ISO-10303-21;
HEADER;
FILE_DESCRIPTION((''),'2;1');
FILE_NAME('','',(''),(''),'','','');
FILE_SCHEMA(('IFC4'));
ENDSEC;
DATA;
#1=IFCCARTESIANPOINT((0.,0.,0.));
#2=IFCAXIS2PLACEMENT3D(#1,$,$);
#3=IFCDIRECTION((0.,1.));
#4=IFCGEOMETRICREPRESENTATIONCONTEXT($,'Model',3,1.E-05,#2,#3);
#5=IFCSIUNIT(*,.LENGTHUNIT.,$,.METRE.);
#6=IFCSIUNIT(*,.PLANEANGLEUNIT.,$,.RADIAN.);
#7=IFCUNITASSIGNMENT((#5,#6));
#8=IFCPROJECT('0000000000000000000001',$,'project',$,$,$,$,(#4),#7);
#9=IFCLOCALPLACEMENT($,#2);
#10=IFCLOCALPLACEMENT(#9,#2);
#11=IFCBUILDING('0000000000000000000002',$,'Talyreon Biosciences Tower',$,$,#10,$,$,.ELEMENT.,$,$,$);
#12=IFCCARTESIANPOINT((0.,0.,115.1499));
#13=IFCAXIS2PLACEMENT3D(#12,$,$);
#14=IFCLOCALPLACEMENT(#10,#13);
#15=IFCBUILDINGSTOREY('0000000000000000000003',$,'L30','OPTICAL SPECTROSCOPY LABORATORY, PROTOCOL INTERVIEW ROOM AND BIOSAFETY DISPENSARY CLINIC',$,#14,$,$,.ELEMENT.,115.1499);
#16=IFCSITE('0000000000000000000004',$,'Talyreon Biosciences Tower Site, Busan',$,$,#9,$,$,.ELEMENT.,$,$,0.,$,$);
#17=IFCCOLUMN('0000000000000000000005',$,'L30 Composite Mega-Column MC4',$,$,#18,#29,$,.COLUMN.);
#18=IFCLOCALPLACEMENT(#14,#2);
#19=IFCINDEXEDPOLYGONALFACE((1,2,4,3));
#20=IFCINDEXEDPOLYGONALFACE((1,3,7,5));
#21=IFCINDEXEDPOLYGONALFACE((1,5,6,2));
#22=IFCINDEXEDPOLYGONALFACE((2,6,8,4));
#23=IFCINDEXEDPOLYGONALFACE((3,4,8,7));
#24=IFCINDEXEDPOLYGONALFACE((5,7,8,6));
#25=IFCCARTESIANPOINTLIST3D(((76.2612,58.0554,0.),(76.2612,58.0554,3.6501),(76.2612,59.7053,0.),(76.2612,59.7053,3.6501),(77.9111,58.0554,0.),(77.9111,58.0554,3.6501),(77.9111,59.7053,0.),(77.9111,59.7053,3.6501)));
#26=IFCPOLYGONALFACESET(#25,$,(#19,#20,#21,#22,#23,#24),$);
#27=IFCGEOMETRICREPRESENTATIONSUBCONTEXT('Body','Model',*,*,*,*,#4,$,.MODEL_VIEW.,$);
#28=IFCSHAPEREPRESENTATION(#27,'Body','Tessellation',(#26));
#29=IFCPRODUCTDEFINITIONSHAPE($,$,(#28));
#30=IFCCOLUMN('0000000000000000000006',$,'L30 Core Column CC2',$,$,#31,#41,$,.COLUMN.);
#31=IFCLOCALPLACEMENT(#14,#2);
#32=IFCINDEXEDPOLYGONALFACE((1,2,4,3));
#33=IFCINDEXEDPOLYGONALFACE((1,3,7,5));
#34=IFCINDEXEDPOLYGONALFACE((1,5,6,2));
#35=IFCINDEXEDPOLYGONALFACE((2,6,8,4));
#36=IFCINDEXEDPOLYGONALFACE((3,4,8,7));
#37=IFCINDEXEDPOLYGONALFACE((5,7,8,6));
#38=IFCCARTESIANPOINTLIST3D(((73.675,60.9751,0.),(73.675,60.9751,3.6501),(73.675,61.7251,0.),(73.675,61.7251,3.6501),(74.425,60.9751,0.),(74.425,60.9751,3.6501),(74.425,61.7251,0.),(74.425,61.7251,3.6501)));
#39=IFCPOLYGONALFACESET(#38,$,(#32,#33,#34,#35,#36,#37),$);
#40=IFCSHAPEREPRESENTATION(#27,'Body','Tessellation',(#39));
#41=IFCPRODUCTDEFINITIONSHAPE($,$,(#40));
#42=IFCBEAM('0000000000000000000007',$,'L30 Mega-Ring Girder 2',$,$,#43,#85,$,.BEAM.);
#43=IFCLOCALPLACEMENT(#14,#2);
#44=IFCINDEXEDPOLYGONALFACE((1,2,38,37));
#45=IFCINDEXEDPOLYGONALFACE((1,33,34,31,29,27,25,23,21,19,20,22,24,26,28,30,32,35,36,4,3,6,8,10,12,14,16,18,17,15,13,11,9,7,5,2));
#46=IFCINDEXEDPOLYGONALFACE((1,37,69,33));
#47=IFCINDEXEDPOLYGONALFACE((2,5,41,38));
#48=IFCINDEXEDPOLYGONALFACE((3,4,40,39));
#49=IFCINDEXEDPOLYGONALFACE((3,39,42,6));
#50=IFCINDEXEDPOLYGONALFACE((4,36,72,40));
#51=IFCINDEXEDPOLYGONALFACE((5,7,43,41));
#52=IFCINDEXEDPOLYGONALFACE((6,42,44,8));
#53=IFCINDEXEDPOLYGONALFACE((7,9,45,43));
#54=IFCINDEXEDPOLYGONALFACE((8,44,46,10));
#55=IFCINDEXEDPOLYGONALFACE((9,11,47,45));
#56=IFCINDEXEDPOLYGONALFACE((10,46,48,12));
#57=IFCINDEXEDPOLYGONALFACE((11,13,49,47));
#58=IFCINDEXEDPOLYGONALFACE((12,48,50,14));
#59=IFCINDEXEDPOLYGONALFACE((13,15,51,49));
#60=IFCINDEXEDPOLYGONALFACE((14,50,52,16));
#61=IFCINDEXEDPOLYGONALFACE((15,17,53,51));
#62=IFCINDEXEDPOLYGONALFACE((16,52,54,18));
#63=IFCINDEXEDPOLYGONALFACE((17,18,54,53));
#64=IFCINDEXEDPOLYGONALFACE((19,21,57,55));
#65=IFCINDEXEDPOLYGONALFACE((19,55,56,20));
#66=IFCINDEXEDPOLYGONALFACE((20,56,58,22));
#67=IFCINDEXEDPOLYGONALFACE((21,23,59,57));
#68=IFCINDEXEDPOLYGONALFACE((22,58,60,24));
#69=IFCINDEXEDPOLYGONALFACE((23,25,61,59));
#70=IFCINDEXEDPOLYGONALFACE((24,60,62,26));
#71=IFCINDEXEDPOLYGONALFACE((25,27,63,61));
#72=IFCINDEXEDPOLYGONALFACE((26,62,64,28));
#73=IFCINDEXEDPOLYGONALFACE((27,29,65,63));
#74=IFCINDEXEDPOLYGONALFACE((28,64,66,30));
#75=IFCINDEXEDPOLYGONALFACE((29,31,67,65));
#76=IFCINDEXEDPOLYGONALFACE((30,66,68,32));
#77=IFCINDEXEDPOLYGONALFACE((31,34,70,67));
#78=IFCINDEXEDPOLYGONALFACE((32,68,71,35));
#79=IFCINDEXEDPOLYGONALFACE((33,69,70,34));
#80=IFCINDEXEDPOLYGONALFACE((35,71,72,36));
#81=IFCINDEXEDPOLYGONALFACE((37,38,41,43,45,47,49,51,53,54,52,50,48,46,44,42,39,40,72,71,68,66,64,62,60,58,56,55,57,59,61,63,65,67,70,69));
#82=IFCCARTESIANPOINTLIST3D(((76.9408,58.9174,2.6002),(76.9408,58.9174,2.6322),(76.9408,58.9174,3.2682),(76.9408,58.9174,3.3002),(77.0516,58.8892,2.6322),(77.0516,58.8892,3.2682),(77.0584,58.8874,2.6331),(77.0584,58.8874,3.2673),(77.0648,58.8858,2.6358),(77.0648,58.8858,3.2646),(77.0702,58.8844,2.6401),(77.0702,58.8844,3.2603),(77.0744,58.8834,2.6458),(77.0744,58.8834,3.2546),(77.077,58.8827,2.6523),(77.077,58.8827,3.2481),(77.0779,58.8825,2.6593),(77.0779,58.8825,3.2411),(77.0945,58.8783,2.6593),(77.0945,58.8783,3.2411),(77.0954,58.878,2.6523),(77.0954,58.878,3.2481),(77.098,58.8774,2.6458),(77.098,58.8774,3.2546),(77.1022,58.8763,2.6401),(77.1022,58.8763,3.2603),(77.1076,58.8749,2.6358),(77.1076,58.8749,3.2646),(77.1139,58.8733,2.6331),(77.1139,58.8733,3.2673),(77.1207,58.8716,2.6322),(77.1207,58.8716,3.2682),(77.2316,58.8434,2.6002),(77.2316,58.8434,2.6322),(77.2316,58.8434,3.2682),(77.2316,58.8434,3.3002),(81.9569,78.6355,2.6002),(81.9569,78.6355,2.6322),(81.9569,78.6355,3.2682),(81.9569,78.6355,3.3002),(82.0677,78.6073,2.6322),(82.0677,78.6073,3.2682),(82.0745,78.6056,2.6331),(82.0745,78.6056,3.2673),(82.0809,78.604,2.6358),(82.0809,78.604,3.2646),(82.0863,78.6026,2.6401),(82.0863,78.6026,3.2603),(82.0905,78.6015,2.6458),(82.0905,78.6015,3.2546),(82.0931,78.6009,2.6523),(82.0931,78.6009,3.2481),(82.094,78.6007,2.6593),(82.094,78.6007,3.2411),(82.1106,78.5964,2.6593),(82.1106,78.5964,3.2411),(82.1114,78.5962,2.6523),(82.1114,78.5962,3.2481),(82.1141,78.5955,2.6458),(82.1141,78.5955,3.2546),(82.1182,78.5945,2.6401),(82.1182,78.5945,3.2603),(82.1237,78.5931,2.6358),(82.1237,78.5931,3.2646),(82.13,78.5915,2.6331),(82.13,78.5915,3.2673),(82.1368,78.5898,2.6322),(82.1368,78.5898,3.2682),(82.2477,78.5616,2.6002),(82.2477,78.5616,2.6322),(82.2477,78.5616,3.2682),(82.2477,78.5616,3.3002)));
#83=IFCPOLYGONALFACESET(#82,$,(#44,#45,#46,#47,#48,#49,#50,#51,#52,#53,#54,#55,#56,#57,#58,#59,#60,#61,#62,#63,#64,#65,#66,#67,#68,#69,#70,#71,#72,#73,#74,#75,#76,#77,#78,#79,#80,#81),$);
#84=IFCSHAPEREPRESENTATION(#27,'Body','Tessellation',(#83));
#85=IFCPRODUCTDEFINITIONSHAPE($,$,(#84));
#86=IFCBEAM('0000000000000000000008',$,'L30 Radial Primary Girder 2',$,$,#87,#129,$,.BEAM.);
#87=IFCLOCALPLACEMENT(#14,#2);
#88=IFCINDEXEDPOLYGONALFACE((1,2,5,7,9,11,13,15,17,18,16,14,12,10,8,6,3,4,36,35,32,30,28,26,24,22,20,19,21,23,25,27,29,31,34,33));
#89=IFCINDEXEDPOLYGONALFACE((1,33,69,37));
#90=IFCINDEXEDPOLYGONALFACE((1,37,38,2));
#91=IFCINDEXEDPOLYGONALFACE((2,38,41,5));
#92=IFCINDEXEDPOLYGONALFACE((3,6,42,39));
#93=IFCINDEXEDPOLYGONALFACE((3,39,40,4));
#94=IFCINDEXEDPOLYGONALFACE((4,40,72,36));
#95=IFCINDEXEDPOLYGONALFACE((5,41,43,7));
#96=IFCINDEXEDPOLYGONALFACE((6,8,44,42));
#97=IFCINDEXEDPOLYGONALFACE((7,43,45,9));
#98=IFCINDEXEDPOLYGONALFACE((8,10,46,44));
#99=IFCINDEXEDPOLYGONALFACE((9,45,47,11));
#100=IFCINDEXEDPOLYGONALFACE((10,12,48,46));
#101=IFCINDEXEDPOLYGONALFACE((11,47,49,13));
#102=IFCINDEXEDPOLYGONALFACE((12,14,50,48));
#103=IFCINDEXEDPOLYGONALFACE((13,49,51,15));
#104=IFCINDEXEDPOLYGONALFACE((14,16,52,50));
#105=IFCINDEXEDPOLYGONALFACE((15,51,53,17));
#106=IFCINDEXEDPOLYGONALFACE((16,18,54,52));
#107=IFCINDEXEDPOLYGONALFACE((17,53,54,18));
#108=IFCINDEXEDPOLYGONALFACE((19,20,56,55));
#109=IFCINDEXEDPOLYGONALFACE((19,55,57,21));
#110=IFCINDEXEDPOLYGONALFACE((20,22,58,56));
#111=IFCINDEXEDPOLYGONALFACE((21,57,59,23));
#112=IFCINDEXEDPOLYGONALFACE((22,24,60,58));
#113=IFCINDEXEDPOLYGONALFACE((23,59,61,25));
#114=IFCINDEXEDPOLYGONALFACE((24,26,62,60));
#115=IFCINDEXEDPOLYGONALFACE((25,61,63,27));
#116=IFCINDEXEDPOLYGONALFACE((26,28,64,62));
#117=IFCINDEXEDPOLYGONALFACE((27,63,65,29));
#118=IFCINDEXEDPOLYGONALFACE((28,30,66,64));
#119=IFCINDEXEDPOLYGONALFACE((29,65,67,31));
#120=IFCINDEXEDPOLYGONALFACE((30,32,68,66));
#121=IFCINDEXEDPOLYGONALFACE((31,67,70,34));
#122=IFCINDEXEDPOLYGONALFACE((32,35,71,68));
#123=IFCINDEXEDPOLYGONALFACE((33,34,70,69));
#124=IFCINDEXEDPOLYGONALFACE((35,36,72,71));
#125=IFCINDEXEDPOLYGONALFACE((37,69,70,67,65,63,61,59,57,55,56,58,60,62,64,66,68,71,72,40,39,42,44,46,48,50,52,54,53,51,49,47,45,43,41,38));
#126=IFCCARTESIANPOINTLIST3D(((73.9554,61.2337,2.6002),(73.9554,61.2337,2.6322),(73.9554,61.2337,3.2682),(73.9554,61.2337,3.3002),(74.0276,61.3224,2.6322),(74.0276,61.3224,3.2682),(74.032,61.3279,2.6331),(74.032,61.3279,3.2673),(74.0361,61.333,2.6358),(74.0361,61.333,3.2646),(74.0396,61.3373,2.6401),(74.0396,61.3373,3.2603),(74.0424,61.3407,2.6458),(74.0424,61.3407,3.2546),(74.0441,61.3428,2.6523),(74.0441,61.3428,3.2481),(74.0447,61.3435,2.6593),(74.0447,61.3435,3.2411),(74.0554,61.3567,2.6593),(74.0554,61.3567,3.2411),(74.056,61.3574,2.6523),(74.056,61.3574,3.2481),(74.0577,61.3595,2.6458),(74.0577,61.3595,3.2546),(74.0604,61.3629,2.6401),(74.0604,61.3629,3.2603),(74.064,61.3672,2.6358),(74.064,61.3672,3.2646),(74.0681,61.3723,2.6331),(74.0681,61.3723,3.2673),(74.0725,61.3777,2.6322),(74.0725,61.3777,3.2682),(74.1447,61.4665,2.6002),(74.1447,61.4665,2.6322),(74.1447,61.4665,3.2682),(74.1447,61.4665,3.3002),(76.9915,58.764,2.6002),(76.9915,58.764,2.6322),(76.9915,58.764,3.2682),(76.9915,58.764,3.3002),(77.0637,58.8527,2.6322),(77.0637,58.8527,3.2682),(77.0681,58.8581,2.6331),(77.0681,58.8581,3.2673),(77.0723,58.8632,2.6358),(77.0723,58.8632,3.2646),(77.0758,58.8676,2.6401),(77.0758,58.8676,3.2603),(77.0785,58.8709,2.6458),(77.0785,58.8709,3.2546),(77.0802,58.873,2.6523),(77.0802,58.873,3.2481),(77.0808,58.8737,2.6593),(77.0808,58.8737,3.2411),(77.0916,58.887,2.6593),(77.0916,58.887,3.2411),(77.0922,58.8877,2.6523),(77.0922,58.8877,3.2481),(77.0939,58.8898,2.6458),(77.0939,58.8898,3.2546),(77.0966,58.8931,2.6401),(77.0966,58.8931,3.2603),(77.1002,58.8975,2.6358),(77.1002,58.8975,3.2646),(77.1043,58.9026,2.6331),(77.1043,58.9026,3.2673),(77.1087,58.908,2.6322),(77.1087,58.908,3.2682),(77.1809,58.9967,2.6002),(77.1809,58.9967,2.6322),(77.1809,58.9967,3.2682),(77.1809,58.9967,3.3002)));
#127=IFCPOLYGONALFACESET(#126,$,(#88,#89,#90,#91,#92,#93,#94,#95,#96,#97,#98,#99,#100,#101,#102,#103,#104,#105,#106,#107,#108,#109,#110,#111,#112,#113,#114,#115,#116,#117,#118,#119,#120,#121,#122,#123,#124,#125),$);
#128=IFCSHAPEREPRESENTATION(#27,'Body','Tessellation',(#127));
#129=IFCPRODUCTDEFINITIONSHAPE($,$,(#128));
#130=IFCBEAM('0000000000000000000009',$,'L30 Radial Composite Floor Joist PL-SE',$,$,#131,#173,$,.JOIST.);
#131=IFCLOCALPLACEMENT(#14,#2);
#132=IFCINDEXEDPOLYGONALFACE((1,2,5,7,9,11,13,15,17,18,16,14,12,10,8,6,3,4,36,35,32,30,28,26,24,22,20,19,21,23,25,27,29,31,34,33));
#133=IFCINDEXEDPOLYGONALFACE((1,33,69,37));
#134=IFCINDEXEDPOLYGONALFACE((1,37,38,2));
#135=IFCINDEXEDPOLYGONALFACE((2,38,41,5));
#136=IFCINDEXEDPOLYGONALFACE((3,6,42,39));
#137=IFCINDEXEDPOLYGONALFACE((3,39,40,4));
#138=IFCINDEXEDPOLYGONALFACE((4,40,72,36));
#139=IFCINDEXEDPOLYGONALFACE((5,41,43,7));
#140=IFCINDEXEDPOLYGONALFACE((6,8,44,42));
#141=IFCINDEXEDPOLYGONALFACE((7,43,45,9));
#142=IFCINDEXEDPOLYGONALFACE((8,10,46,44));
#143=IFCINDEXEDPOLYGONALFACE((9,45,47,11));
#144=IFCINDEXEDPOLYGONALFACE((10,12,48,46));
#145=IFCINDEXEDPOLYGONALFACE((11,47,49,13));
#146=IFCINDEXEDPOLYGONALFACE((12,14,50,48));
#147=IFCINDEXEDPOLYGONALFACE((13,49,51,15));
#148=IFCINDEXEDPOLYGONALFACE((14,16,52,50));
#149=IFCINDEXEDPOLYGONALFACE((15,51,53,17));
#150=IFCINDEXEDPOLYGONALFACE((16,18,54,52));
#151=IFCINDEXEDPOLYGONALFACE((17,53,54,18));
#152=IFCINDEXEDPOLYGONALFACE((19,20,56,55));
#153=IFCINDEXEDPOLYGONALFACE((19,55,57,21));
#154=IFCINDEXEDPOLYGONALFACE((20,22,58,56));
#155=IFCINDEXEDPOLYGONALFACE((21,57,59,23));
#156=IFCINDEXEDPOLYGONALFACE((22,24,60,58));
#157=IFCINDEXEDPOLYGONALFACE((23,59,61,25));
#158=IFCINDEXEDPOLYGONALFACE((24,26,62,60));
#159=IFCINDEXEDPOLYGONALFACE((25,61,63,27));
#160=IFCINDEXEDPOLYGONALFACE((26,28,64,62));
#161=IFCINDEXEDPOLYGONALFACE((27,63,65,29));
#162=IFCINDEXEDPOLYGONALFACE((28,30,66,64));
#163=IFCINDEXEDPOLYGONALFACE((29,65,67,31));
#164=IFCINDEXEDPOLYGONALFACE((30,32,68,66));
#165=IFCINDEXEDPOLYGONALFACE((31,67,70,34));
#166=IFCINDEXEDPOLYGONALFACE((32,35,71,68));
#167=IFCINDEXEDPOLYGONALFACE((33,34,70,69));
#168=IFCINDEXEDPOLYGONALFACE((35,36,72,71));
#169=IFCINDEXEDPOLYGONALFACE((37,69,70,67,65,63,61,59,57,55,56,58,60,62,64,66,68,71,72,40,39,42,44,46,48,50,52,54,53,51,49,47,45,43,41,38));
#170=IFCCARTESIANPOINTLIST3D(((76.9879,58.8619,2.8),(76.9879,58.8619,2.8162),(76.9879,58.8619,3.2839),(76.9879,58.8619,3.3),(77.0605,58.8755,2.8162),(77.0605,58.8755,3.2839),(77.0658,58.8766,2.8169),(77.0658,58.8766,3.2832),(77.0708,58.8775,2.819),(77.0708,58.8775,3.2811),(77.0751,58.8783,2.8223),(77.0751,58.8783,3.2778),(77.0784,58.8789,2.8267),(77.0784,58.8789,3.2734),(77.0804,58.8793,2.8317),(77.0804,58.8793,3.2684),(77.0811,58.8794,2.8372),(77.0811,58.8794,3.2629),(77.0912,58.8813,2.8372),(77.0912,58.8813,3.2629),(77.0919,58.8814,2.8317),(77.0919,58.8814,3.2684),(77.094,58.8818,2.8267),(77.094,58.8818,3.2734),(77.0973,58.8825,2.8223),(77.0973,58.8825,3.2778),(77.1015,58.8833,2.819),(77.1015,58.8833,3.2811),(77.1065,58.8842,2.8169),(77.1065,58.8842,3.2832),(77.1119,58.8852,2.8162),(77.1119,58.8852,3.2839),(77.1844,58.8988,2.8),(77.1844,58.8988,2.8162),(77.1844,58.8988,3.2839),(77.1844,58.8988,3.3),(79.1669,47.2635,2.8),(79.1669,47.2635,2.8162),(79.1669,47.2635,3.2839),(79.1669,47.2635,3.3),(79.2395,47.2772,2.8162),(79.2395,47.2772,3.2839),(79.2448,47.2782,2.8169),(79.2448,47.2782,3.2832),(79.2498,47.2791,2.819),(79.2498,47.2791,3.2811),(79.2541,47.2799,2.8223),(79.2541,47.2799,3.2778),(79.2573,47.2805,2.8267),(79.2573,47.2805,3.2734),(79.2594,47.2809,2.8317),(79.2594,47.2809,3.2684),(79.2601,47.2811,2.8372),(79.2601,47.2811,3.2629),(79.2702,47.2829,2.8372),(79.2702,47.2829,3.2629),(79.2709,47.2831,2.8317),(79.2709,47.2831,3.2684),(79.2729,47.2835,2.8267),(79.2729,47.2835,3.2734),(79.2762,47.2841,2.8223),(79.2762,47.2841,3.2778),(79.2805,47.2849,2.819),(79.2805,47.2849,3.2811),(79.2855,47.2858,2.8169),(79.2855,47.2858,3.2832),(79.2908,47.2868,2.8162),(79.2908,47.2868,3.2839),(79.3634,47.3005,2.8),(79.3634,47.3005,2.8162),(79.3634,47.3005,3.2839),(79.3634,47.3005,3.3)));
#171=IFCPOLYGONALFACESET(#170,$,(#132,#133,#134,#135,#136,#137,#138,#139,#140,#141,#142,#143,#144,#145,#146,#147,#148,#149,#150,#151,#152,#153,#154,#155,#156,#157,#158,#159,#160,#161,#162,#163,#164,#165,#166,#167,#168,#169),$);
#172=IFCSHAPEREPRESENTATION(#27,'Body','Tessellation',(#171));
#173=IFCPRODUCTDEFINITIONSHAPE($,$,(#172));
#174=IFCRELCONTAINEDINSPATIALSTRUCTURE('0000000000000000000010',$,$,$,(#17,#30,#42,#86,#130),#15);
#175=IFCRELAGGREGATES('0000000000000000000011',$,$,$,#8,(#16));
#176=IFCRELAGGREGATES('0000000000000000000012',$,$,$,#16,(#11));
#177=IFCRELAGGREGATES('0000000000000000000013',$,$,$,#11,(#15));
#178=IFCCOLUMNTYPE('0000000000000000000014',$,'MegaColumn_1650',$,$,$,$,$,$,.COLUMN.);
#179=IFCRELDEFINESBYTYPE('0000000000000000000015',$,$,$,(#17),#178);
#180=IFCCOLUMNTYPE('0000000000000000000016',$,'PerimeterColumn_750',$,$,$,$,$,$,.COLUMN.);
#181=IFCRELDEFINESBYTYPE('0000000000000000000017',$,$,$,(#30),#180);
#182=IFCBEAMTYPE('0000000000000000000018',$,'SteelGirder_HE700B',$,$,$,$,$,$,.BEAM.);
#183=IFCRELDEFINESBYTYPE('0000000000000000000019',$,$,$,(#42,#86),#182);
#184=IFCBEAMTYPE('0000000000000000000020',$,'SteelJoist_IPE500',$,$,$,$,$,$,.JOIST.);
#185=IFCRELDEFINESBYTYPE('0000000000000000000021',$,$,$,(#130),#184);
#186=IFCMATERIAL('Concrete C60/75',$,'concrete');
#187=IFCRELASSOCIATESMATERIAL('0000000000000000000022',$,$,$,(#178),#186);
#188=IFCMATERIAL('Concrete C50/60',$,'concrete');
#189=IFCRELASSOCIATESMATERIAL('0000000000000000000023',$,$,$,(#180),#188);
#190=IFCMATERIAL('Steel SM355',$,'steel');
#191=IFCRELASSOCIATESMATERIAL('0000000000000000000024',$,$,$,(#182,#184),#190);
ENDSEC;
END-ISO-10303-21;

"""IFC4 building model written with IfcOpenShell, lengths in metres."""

from ifc_helpers import new_model, si_unit, direction, frame, origin, origin_2d, place, context, subcontext, project, spatial, rectangle, i_section, extrude, material, material_profile, profile_set, type_object, element, save


model = new_model("IFC4")

# Units and contexts
model_context = context("Model", 3, precision=1e-05, world=origin(), true_north=direction((0.0, 1.0)))
body_context = subcontext(model_context, "Body", "Model", "MODEL_VIEW")
ifc_project = project(units=[si_unit("LENGTHUNIT", "METRE"), si_unit("PLANEANGLEUNIT", "RADIAN")], contexts=[model_context])

# Site, building, storey
site_placement = place(None, origin())
site = spatial("IfcSite", under=ifc_project, at=site_placement, Name="Talyreon Biosciences Tower Site, Busan", CompositionType="ELEMENT", RefElevation=0.0)
building_placement = place(site_placement, origin())
building = spatial("IfcBuilding", under=site, at=building_placement, Name="Talyreon Biosciences Tower", CompositionType="ELEMENT")
storey_placement = place(building_placement, frame((0.0, 0.0, 115.1499)))
storey = spatial("IfcBuildingStorey", under=building, at=storey_placement, Name="L30", Description="OPTICAL SPECTROSCOPY LABORATORY, PROTOCOL INTERVIEW ROOM AND BIOSAFETY DISPENSARY CLINIC", CompositionType="ELEMENT", Elevation=115.1499)

# Columns
ifc_material_1 = material(Name="Concrete C60/75", Category="concrete")
ifc_material_profile_1 = material_profile(ifc_material_1, rectangle(XDim=1.6499, YDim=1.6499, at=origin_2d()), Name="RC 1650x1650")
ifc_profile_set_1 = profile_set([ifc_material_profile_1], Name="Concrete C60/75")
column_type_1 = type_object("IfcColumnType", Name="MegaColumn_1650", PredefinedType="COLUMN", material=ifc_profile_set_1)
column_1_placement = place(storey_placement, frame((77.0862, 58.8804, 0.0), z_axis=(0.0, 0.0, 1.0), x_axis=(1.0, 0.0, 0.0)))
element("IfcColumn", 1, at=column_1_placement, inside=storey, type_object=column_type_1, Name="L30 Composite Mega-Column MC4", PredefinedType="COLUMN", context=body_context, shape_type="SweptSolid", body=[
    extrude(rectangle(XDim=1.6499, YDim=1.6499, at=origin_2d()), origin(), (0.0, 0.0, 1.0), 3.6501),
])
ifc_material_2 = material(Name="Concrete C50/60", Category="concrete")
ifc_material_profile_2 = material_profile(ifc_material_2, rectangle(XDim=0.75, YDim=0.75, at=origin_2d()), Name="RC 750x750")
ifc_profile_set_2 = profile_set([ifc_material_profile_2], Name="Concrete C50/60")
column_type_2 = type_object("IfcColumnType", Name="PerimeterColumn_750", PredefinedType="COLUMN", material=ifc_profile_set_2)
column_2_placement = place(storey_placement, frame((74.05, 61.3501, 0.0), z_axis=(0.0, 0.0, 1.0), x_axis=(1.0, 0.0, 0.0)))
element("IfcColumn", 2, at=column_2_placement, inside=storey, type_object=column_type_2, Name="L30 Core Column CC2", PredefinedType="COLUMN", context=body_context, shape_type="SweptSolid", body=[
    extrude(rectangle(XDim=0.75, YDim=0.75, at=origin_2d()), origin(), (0.0, 0.0, 1.0), 3.6501),
])

# Beams
ifc_material_3 = material(Name="Steel SM355", Category="steel")
ifc_material_profile_3 = material_profile(ifc_material_3, i_section(OverallWidth=0.3, OverallDepth=0.7, WebThickness=0.0171, FlangeThickness=0.032, FilletRadius=0.0271, at=origin_2d()), Name="HE700B")
ifc_profile_set_3 = profile_set([ifc_material_profile_3], Name="Steel SM355")
beam_type_1 = type_object("IfcBeamType", Name="SteelGirder_HE700B", PredefinedType="BEAM", material=ifc_profile_set_3)
beam_1_placement = place(storey_placement, frame((77.0862, 58.8804, 2.9502), z_axis=(0.246537, 0.969133, 0.0), x_axis=(-0.969133, 0.246537, 0.0)))
element("IfcBeam", 3, at=beam_1_placement, inside=storey, type_object=beam_type_1, Name="L30 Mega-Ring Girder 2", PredefinedType="BEAM", context=body_context, shape_type="SweptSolid", body=[
    extrude(i_section(OverallWidth=0.3, OverallDepth=0.7, WebThickness=0.0171, FlangeThickness=0.032, FilletRadius=0.0271, at=origin_2d()), origin(), (0.0, 0.0, 1.0), 20.3462),
])
beam_2_placement = place(storey_placement, frame((74.05, 61.3501, 2.9502), z_axis=(0.775755, -0.631034, 0.0), x_axis=(0.631034, 0.775755, 0.0)))
element("IfcBeam", 4, at=beam_2_placement, inside=storey, type_object=beam_type_1, Name="L30 Radial Primary Girder 2", PredefinedType="BEAM", context=body_context, shape_type="SweptSolid", body=[
    extrude(i_section(OverallWidth=0.3, OverallDepth=0.7, WebThickness=0.0171, FlangeThickness=0.032, FilletRadius=0.0271, at=origin_2d()), origin(), (0.0, 0.0, 1.0), 3.9138),
])
ifc_material_profile_4 = material_profile(ifc_material_3, i_section(OverallWidth=0.2, OverallDepth=0.5, WebThickness=0.0103, FlangeThickness=0.0161, FilletRadius=0.021, at=origin_2d()), Name="IPE500")
ifc_profile_set_4 = profile_set([ifc_material_profile_4], Name="Steel SM355")
beam_type_2 = type_object("IfcBeamType", Name="SteelJoist_IPE500", PredefinedType="JOIST", material=ifc_profile_set_4)
beam_3_placement = place(storey_placement, frame((77.0862, 58.8804, 3.05), z_axis=(0.184637, -0.982807, 0.0), x_axis=(0.982807, 0.184637, 0.0)))
element("IfcBeam", 5, at=beam_3_placement, inside=storey, type_object=beam_type_2, Name="L30 Radial Composite Floor Joist PL-SE", PredefinedType="JOIST", context=body_context, shape_type="SweptSolid", body=[
    extrude(i_section(OverallWidth=0.2, OverallDepth=0.5, WebThickness=0.0103, FlangeThickness=0.0161, FilletRadius=0.021, at=origin_2d()), origin(), (0.0, 0.0, 1.0), 11.8013),
])

save(model, "model.ifc")
